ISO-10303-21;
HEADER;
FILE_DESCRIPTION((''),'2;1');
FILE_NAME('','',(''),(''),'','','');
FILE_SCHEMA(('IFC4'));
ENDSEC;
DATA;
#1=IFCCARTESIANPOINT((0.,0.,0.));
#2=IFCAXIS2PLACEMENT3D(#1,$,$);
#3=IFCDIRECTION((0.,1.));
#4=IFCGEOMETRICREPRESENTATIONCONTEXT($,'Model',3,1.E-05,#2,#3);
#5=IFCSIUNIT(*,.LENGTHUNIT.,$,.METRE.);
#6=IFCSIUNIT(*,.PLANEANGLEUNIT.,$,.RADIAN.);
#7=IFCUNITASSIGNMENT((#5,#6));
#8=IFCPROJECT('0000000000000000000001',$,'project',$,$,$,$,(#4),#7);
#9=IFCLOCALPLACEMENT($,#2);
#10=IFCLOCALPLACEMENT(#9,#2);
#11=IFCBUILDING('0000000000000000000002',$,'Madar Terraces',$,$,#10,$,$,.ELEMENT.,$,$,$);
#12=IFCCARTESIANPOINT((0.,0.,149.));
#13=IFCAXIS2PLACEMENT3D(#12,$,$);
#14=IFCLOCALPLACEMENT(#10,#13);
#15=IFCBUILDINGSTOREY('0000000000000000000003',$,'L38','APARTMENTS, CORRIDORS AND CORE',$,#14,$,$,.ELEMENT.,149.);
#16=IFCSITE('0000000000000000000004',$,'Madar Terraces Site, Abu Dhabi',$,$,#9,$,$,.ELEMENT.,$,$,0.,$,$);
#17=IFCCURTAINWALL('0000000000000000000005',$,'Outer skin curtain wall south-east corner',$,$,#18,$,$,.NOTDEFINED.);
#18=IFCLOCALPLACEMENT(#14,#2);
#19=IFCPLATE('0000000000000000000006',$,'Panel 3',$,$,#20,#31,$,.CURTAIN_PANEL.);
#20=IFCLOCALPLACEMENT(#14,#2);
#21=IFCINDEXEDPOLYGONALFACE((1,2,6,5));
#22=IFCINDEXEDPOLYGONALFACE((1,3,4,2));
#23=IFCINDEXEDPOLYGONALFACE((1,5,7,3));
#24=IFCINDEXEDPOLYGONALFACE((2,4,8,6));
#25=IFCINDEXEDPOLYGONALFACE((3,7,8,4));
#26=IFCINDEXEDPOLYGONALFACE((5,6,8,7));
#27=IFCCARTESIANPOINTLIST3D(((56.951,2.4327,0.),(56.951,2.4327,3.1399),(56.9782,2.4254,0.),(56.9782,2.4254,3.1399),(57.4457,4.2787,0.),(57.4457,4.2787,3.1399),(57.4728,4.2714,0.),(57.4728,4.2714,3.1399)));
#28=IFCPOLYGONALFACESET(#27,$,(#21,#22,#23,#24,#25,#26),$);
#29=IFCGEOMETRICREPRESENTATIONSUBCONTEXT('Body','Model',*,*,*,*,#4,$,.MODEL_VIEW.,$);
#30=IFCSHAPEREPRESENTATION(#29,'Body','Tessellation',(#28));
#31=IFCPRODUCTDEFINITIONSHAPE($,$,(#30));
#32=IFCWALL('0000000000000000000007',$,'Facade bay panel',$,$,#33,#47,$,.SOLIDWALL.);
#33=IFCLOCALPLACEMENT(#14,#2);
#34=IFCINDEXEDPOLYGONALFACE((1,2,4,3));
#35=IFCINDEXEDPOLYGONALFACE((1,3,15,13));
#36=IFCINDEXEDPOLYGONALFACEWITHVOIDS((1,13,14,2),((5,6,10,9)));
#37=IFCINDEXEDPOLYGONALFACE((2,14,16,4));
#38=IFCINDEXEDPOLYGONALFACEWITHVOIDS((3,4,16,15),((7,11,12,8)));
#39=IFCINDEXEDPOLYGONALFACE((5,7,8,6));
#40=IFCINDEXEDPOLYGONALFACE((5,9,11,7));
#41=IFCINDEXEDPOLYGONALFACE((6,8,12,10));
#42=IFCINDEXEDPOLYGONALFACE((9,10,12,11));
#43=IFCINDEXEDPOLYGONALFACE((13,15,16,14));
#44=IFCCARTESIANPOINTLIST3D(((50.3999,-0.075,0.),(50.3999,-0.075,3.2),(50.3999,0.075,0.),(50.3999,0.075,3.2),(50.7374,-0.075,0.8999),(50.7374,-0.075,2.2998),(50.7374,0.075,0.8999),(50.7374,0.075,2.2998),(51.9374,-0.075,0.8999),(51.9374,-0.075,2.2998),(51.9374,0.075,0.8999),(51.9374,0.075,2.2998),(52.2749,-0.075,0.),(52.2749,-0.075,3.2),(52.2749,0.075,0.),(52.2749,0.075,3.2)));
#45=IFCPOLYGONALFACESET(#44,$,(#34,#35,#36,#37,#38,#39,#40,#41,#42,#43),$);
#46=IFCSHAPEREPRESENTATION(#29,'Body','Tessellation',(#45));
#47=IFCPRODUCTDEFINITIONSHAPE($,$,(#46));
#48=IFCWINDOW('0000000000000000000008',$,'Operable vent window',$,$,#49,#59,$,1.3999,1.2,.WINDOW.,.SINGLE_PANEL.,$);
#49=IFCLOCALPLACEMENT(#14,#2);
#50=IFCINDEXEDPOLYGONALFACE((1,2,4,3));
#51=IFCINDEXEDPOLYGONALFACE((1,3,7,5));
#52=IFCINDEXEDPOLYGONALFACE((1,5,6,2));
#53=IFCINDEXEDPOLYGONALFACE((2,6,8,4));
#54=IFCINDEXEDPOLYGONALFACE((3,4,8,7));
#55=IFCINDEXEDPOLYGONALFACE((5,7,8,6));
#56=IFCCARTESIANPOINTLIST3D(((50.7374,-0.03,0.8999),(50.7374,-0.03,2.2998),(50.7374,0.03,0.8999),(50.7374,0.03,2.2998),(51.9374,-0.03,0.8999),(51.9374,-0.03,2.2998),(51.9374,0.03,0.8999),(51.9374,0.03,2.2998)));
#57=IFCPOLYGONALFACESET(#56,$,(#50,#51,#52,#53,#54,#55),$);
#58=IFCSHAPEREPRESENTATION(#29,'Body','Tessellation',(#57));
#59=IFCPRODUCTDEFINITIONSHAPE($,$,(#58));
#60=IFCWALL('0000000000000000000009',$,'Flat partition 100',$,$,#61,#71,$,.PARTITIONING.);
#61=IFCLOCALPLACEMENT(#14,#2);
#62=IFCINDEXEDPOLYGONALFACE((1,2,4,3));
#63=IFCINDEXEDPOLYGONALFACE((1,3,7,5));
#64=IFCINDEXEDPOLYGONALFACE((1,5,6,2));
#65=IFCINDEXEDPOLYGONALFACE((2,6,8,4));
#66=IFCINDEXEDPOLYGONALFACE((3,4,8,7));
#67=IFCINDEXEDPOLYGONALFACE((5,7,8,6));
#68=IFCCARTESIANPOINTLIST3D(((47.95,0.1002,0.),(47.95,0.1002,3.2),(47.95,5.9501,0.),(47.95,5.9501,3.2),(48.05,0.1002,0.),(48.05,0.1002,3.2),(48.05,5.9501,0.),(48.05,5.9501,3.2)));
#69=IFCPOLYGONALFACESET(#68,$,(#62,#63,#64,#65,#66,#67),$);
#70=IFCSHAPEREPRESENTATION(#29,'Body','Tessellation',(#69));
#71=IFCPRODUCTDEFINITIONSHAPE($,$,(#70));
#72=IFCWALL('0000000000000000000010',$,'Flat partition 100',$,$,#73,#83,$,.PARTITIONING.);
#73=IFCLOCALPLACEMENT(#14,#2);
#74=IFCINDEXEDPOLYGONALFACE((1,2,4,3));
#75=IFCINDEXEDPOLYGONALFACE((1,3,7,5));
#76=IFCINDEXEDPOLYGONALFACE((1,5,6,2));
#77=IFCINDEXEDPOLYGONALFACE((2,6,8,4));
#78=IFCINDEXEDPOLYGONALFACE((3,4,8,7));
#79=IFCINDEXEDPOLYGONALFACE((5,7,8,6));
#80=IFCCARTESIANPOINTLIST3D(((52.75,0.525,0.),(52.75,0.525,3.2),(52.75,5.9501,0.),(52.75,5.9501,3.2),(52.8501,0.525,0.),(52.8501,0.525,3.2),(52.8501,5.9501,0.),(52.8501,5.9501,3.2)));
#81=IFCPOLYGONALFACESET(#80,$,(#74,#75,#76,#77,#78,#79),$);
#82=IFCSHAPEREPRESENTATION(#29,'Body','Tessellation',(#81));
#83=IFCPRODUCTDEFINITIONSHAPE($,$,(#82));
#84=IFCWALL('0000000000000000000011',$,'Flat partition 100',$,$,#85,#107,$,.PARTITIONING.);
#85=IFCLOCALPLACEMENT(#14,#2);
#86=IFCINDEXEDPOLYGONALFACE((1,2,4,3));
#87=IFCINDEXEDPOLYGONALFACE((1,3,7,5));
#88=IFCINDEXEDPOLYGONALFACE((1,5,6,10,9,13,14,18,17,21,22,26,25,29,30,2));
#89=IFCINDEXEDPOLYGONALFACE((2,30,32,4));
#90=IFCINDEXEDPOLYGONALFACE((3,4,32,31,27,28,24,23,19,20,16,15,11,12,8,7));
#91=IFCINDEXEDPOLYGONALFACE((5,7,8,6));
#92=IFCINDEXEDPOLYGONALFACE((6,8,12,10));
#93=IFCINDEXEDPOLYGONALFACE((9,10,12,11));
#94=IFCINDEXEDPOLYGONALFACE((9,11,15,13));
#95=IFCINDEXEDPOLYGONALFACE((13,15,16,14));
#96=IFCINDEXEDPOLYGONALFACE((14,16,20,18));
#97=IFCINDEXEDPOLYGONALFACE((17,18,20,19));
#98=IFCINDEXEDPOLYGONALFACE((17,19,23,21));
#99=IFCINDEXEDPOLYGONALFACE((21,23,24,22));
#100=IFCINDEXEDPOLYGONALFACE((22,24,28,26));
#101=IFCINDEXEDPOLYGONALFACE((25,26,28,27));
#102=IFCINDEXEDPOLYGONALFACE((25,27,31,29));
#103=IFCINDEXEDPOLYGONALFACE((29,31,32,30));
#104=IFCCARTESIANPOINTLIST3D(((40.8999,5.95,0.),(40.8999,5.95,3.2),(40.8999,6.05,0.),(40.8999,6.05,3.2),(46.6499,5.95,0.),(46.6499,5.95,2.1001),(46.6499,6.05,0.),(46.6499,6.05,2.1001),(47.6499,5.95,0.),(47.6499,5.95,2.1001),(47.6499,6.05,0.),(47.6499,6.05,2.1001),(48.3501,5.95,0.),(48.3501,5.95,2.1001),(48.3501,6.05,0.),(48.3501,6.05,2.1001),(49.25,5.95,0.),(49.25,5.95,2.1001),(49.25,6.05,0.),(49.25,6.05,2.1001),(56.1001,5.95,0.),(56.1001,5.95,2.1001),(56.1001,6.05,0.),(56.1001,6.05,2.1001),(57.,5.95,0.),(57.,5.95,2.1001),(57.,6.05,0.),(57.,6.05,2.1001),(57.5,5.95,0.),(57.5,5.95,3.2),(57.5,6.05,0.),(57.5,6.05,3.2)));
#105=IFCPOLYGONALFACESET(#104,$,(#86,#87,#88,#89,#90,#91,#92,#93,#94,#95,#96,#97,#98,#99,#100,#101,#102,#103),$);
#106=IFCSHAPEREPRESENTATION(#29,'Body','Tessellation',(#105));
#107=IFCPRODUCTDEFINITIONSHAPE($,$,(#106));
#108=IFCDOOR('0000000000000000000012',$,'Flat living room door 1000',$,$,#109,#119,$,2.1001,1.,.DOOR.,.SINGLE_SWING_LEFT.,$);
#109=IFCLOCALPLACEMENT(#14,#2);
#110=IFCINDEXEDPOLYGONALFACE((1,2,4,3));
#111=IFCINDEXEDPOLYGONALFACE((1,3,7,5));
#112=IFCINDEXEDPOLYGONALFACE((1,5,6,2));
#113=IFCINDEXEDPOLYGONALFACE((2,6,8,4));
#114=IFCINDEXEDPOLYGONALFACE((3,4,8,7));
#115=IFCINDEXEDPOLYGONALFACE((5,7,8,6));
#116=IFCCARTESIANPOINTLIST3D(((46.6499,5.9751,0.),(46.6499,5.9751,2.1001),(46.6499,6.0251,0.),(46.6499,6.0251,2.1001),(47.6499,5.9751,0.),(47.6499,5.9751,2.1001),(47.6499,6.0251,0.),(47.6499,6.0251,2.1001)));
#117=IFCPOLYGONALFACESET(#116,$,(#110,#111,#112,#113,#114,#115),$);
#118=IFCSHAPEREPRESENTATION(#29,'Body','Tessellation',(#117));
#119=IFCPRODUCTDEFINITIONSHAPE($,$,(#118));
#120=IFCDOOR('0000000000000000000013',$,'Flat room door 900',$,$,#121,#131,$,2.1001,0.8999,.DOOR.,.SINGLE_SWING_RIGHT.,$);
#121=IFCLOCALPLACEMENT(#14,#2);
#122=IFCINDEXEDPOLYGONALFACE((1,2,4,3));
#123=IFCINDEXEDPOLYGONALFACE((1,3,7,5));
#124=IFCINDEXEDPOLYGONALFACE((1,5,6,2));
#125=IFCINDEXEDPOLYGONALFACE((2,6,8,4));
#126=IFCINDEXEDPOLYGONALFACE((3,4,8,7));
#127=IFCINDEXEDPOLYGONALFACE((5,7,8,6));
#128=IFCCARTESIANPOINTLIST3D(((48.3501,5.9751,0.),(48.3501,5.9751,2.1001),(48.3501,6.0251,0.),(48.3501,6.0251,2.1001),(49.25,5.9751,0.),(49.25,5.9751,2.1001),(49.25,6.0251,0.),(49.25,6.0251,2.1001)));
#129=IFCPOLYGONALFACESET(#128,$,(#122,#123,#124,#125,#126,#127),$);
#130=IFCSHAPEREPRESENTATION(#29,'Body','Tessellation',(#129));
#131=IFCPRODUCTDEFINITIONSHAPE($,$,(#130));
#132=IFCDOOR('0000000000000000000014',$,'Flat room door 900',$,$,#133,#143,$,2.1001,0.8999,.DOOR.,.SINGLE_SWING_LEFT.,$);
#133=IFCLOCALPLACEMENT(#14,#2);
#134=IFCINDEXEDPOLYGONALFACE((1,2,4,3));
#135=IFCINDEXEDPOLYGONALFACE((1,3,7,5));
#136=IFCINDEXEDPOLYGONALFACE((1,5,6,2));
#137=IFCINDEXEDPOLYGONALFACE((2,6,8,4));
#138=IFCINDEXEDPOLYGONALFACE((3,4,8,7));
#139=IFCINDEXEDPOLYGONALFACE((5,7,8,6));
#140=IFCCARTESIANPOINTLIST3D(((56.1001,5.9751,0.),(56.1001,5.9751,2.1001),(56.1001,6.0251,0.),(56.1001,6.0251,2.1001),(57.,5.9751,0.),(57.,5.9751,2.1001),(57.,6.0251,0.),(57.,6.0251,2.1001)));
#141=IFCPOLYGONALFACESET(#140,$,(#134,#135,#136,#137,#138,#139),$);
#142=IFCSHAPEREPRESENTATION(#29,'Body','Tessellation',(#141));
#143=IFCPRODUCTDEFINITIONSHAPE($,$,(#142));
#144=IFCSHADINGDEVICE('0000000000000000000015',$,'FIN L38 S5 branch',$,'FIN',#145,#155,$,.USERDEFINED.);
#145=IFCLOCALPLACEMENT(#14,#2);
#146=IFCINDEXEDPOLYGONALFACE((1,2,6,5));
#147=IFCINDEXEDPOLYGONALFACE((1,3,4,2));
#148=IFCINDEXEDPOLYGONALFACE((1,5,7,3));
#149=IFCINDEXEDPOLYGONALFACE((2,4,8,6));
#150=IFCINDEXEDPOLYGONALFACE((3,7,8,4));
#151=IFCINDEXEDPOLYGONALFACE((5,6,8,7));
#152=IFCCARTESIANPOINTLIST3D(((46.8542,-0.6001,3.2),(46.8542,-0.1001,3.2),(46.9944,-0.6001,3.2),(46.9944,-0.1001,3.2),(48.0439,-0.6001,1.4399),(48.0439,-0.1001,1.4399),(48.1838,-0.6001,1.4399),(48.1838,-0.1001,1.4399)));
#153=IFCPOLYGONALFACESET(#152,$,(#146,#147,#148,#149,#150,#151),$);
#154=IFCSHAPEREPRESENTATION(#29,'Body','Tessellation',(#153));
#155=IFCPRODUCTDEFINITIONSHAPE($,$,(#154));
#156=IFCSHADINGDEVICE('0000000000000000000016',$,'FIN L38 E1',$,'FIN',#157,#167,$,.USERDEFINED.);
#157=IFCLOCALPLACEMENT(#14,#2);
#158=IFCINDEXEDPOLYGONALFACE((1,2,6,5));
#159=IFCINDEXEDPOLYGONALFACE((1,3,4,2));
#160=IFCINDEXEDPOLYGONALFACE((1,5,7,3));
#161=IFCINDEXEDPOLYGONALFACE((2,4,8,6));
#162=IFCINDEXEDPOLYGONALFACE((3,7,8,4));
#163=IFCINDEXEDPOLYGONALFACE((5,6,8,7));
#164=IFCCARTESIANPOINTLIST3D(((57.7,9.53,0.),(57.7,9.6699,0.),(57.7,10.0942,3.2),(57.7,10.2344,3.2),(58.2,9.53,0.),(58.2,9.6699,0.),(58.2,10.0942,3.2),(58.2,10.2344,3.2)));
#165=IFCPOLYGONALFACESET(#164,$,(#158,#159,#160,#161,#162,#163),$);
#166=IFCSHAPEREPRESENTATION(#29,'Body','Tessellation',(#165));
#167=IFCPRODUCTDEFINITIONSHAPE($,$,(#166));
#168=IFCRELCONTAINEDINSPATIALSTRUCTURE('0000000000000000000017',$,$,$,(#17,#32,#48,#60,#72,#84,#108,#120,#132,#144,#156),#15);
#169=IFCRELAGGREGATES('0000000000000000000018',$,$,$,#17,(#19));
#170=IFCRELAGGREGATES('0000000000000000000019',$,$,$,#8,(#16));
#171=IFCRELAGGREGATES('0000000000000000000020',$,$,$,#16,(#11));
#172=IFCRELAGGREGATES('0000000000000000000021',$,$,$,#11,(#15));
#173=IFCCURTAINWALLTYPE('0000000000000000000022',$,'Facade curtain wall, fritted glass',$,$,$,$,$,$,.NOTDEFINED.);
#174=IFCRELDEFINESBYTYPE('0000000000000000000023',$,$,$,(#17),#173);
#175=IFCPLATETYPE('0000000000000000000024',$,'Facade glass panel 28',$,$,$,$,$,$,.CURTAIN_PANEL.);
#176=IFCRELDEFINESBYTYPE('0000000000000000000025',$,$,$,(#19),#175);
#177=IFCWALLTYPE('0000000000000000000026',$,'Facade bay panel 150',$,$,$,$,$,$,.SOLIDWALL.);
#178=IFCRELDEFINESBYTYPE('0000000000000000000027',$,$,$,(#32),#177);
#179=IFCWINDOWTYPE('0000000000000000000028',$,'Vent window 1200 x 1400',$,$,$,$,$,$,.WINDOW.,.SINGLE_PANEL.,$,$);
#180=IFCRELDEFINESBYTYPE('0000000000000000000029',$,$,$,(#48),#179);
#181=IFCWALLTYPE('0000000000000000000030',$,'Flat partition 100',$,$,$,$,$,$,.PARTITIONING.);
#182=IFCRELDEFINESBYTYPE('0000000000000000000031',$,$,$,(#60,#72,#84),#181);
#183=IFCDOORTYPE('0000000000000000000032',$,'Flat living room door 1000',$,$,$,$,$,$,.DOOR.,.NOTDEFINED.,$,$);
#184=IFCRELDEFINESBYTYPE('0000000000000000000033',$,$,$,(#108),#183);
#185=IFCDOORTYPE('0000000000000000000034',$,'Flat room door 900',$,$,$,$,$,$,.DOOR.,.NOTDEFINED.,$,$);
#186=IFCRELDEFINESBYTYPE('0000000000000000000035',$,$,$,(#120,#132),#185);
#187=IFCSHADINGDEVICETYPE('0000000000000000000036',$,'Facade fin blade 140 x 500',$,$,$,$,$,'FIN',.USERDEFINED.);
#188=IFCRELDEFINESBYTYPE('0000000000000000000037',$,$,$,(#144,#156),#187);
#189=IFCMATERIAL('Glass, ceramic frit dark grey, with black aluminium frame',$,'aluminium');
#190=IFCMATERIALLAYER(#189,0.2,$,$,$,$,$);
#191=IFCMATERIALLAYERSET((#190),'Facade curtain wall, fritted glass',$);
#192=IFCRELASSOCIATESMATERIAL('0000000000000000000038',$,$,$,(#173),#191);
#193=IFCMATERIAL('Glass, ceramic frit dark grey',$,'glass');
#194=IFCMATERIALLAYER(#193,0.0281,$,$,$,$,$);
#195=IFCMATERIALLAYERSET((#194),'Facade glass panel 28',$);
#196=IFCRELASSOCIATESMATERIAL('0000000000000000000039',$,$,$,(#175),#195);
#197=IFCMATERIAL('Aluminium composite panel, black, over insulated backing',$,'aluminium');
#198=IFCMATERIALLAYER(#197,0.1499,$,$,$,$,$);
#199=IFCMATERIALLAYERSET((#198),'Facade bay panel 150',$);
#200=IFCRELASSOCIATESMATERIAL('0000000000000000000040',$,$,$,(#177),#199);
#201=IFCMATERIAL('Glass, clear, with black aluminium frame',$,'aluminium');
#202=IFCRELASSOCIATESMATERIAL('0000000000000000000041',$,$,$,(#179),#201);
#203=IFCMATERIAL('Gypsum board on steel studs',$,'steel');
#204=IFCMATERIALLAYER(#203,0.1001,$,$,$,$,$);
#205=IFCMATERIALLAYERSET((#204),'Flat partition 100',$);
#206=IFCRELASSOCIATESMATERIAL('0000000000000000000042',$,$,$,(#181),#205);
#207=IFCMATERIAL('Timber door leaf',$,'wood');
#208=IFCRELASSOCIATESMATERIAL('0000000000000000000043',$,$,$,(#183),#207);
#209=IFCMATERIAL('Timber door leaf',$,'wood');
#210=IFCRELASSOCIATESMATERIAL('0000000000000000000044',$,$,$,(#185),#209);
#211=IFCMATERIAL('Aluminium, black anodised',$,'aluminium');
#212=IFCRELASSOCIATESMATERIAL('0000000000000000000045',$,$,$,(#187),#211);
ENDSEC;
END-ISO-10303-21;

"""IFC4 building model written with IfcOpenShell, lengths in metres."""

from ifc_helpers import new_model, si_unit, direction, frame, frame_2d, origin, origin_2d, place, context, subcontext, project, spatial, polyline, rectangle, outline, extrude, material, layer, layer_set, type_object, element, fill, aggregate, save


model = new_model("IFC4")

# Units and contexts
model_context = context("Model", 3, precision=1e-05, world=origin(), true_north=direction((0.0, 1.0)))
body_context = subcontext(model_context, "Body", "Model", "MODEL_VIEW")
ifc_project = project(units=[si_unit("LENGTHUNIT", "METRE"), si_unit("PLANEANGLEUNIT", "RADIAN")], contexts=[model_context])

# Site, building, storey
site_placement = place(None, origin())
site = spatial("IfcSite", under=ifc_project, at=site_placement, Name="Madar Terraces Site, Abu Dhabi", CompositionType="ELEMENT", RefElevation=0.0)
building_placement = place(site_placement, origin())
building = spatial("IfcBuilding", under=site, at=building_placement, Name="Madar Terraces", CompositionType="ELEMENT")
storey_placement = place(building_placement, frame((0.0, 0.0, 149.0)))
storey = spatial("IfcBuildingStorey", under=building, at=storey_placement, Name="L38", Description="APARTMENTS, CORRIDORS AND CORE", CompositionType="ELEMENT", Elevation=149.0)

# Shared definitions
ifc_material_1 = material(Name="Glass, ceramic frit dark grey, with black aluminium frame", Category="aluminium")
ifc_layer_1 = layer(ifc_material_1, 0.2)
ifc_layer_set_1 = layer_set([ifc_layer_1], Name="Facade curtain wall, fritted glass")
curtain_wall_type = type_object("IfcCurtainWallType", Name="Facade curtain wall, fritted glass", PredefinedType="NOTDEFINED", material=ifc_layer_set_1)

# Curtain wall
curtain_wall_1_placement = place(storey_placement, origin())
curtain_wall_1 = element("IfcCurtainWall", 1, at=curtain_wall_1_placement, inside=storey, type_object=curtain_wall_type, Name="Outer skin curtain wall south-east corner", PredefinedType="NOTDEFINED")

# Plate
ifc_material_2 = material(Name="Glass, ceramic frit dark grey", Category="glass")
ifc_layer_2 = layer(ifc_material_2, 0.0281)
ifc_layer_set_2 = layer_set([ifc_layer_2], Name="Facade glass panel 28")
plate_type = type_object("IfcPlateType", Name="Facade glass panel 28", PredefinedType="CURTAIN_PANEL", material=ifc_layer_set_2)
plate_1_placement = place(storey_placement, frame((57.2119, 3.3521, 0.0), z_axis=(0.0, 0.0, 1.0), x_axis=(0.258819, 0.965926, 0.0)))
plate_1 = element("IfcPlate", 2, at=plate_1_placement, type_object=plate_type, Name="Panel 3", PredefinedType="CURTAIN_PANEL", context=body_context, shape_type="SweptSolid", body=[
    extrude(rectangle(XDim=1.9111, YDim=0.0281, at=origin_2d()), origin(), (0.0, 0.0, 1.0), 3.1399),
])
aggregate(curtain_wall_1, [plate_1])

# Wall, opening, window
ifc_material_3 = material(Name="Aluminium composite panel, black, over insulated backing", Category="aluminium")
ifc_layer_3 = layer(ifc_material_3, 0.1499)
ifc_layer_set_3 = layer_set([ifc_layer_3], Name="Facade bay panel 150")
wall_type_1 = type_object("IfcWallType", Name="Facade bay panel 150", PredefinedType="SOLIDWALL", material=ifc_layer_set_3)
wall_1_placement = place(storey_placement, frame((50.3999, 0.0, 0.0), z_axis=(0.0, 0.0, 1.0), x_axis=(1.0, 0.0, 0.0)))
wall_1 = element("IfcWall", 3, at=wall_1_placement, inside=storey, type_object=wall_type_1, Name="Facade bay panel", PredefinedType="SOLIDWALL", context=body_context, shape_type="SweptSolid", body=[
    extrude(rectangle(XDim=1.875, YDim=0.1499, at=frame_2d((0.9375, 0.0))), origin(), (0.0, 0.0, 1.0), 3.2),
])
opening_1_placement = place(wall_1_placement, frame((0.3374, 0.0, 0.8999)))
opening_1 = element("IfcOpeningElement", 4, at=opening_1_placement, cuts=wall_1, PredefinedType="OPENING", context=body_context, shape_type="SweptSolid", body=[
    extrude(rectangle(XDim=1.2, YDim=1.3999, at=frame_2d((0.6001, 0.7))), frame((0.0, 0.085, 0.0), z_axis=(0.0, -1.0, 0.0), x_axis=(1.0, 0.0, 0.0)), (0.0, 0.0, 1.0), 0.1699),
])
ifc_material_4 = material(Name="Glass, clear, with black aluminium frame", Category="aluminium")
window_type = type_object("IfcWindowType", Name="Vent window 1200 x 1400", PartitioningType="SINGLE_PANEL", PredefinedType="WINDOW", material=ifc_material_4)
window_placement = place(opening_1_placement, origin())
window = element("IfcWindow", 5, at=window_placement, inside=storey, type_object=window_type, Name="Operable vent window", OverallHeight=1.3999, OverallWidth=1.2, PartitioningType="SINGLE_PANEL", PredefinedType="WINDOW", context=body_context, shape_type="SweptSolid", body=[
    extrude(rectangle(XDim=1.2, YDim=1.3999, at=frame_2d((0.6001, 0.7))), frame((0.0, 0.03, 0.0), z_axis=(0.0, -1.0, 0.0), x_axis=(1.0, 0.0, 0.0)), (0.0, 0.0, 1.0), 0.0601),
])
fill(opening_1, window)

# Walls
ifc_material_5 = material(Name="Gypsum board on steel studs", Category="steel")
ifc_layer_4 = layer(ifc_material_5, 0.1001)
ifc_layer_set_4 = layer_set([ifc_layer_4], Name="Flat partition 100")
wall_type_2 = type_object("IfcWallType", Name="Flat partition 100", PredefinedType="PARTITIONING", material=ifc_layer_set_4)
wall_2_placement = place(storey_placement, frame((48.0, 5.95, 0.0), z_axis=(0.0, 0.0, 1.0), x_axis=(0.0, -1.0, 0.0)))
element("IfcWall", 6, at=wall_2_placement, inside=storey, type_object=wall_type_2, Name="Flat partition 100", PredefinedType="PARTITIONING", context=body_context, shape_type="SweptSolid", body=[
    extrude(rectangle(XDim=5.8499, YDim=0.1001, at=frame_2d((2.9248, 0.0))), origin(), (0.0, 0.0, 1.0), 3.2),
])
wall_3_placement = place(storey_placement, frame((52.8, 5.95, 0.0), z_axis=(0.0, 0.0, 1.0), x_axis=(0.0, -1.0, 0.0)))
element("IfcWall", 7, at=wall_3_placement, inside=storey, type_object=wall_type_2, Name="Flat partition 100", PredefinedType="PARTITIONING", context=body_context, shape_type="SweptSolid", body=[
    extrude(rectangle(XDim=5.425, YDim=0.1001, at=frame_2d((2.7124, 0.0))), origin(), (0.0, 0.0, 1.0), 3.2),
])

# Wall, openings, doors
wall_4_placement = place(storey_placement, frame((57.5, 6.0, 0.0), z_axis=(0.0, 0.0, 1.0), x_axis=(-1.0, 0.0, 0.0)))
wall_4 = element("IfcWall", 8, at=wall_4_placement, inside=storey, type_object=wall_type_2, Name="Flat partition 100", PredefinedType="PARTITIONING", context=body_context, shape_type="SweptSolid", body=[
    extrude(rectangle(XDim=16.6001, YDim=0.1001, at=frame_2d((8.3, 0.0))), origin(), (0.0, 0.0, 1.0), 3.2),
])
opening_2_placement = place(wall_4_placement, frame((9.8501, 0.0, 0.0)))
opening_2 = element("IfcOpeningElement", 9, at=opening_2_placement, cuts=wall_4, PredefinedType="OPENING", context=body_context, shape_type="SweptSolid", body=[
    extrude(rectangle(XDim=1.0, YDim=2.1001, at=frame_2d((0.5, 1.05))), frame((0.0, 0.0601, 0.0), z_axis=(0.0, -1.0, 0.0), x_axis=(1.0, 0.0, 0.0)), (0.0, 0.0, 1.0), 0.1201),
])
opening_3_placement = place(wall_4_placement, frame((8.25, 0.0, 0.0)))
opening_3 = element("IfcOpeningElement", 10, at=opening_3_placement, cuts=wall_4, PredefinedType="OPENING", context=body_context, shape_type="SweptSolid", body=[
    extrude(rectangle(XDim=0.8999, YDim=2.1001, at=frame_2d((0.45, 1.05))), frame((0.0, 0.0601, 0.0), z_axis=(0.0, -1.0, 0.0), x_axis=(1.0, 0.0, 0.0)), (0.0, 0.0, 1.0), 0.1201),
])
opening_4_placement = place(wall_4_placement, frame((0.5, 0.0, 0.0)))
opening_4 = element("IfcOpeningElement", 11, at=opening_4_placement, cuts=wall_4, PredefinedType="OPENING", context=body_context, shape_type="SweptSolid", body=[
    extrude(rectangle(XDim=0.8999, YDim=2.1001, at=frame_2d((0.45, 1.05))), frame((0.0, 0.0601, 0.0), z_axis=(0.0, -1.0, 0.0), x_axis=(1.0, 0.0, 0.0)), (0.0, 0.0, 1.0), 0.1201),
])
ifc_material_6 = material(Name="Timber door leaf", Category="wood")
door_type_1 = type_object("IfcDoorType", Name="Flat living room door 1000", OperationType="NOTDEFINED", PredefinedType="DOOR", material=ifc_material_6)
door_1_placement = place(opening_2_placement, origin())
door_1 = element("IfcDoor", 12, at=door_1_placement, inside=storey, type_object=door_type_1, Name="Flat living room door 1000", OperationType="SINGLE_SWING_LEFT", OverallHeight=2.1001, OverallWidth=1.0, PredefinedType="DOOR", context=body_context, shape_type="SweptSolid", body=[
    extrude(rectangle(XDim=1.0, YDim=2.1001, at=frame_2d((0.5, 1.05))), frame((0.0, 0.0249, 0.0), z_axis=(0.0, -1.0, 0.0), x_axis=(1.0, 0.0, 0.0)), (0.0, 0.0, 1.0), 0.05),
])
fill(opening_2, door_1)
ifc_material_7 = material(Name="Timber door leaf", Category="wood")
door_type_2 = type_object("IfcDoorType", Name="Flat room door 900", OperationType="NOTDEFINED", PredefinedType="DOOR", material=ifc_material_7)
door_2_placement = place(opening_3_placement, origin())
door_2 = element("IfcDoor", 13, at=door_2_placement, inside=storey, type_object=door_type_2, Name="Flat room door 900", OperationType="SINGLE_SWING_RIGHT", OverallHeight=2.1001, OverallWidth=0.8999, PredefinedType="DOOR", context=body_context, shape_type="SweptSolid", body=[
    extrude(rectangle(XDim=0.8999, YDim=2.1001, at=frame_2d((0.45, 1.05))), frame((0.0, 0.0249, 0.0), z_axis=(0.0, -1.0, 0.0), x_axis=(1.0, 0.0, 0.0)), (0.0, 0.0, 1.0), 0.05),
])
fill(opening_3, door_2)
door_3_placement = place(opening_4_placement, origin())
door_3 = element("IfcDoor", 14, at=door_3_placement, inside=storey, type_object=door_type_2, Name="Flat room door 900", OperationType="SINGLE_SWING_LEFT", OverallHeight=2.1001, OverallWidth=0.8999, PredefinedType="DOOR", context=body_context, shape_type="SweptSolid", body=[
    extrude(rectangle(XDim=0.8999, YDim=2.1001, at=frame_2d((0.45, 1.05))), frame((0.0, 0.0249, 0.0), z_axis=(0.0, -1.0, 0.0), x_axis=(1.0, 0.0, 0.0)), (0.0, 0.0, 1.0), 0.05),
])
fill(opening_4, door_3)

# Shading devices
ifc_material_8 = material(Name="Aluminium, black anodised", Category="aluminium")
shading_device_type = type_object("IfcShadingDeviceType", Name="Facade fin blade 140 x 500", ElementType="FIN", PredefinedType="USERDEFINED", material=ifc_material_8)
shading_device_1_placement = place(storey_placement, frame((48.0439, -0.3501, 1.4399), z_axis=(0.0, 0.0, 1.0), x_axis=(1.0, 0.0, 0.0)))
element("IfcShadingDevice", 15, at=shading_device_1_placement, inside=storey, type_object=shading_device_type, Name="FIN L38 S5 branch", ObjectType="FIN", PredefinedType="USERDEFINED", context=body_context, shape_type="SweptSolid", body=[
    extrude(outline(polyline([(0.0, 0.0), (0.1399, 0.0), (-1.0496, 1.76), (-1.1897, 1.76), (0.0, 0.0)])), frame((0.0, 0.25, 0.0), z_axis=(0.0, -1.0, 0.0), x_axis=(1.0, 0.0, 0.0)), (0.0, 0.0, 1.0), 0.5),
])
shading_device_2_placement = place(storey_placement, frame((57.95, 9.53, 0.0), z_axis=(0.0, 0.0, 1.0), x_axis=(0.0, 1.0, 0.0)))
element("IfcShadingDevice", 16, at=shading_device_2_placement, inside=storey, type_object=shading_device_type, Name="FIN L38 E1", ObjectType="FIN", PredefinedType="USERDEFINED", context=body_context, shape_type="SweptSolid", body=[
    extrude(outline(polyline([(0.0, 0.0), (0.1399, 0.0), (0.7043, 3.2), (0.5642, 3.2), (0.0, 0.0)])), frame((0.0, 0.25, 0.0), z_axis=(0.0, -1.0, 0.0), x_axis=(1.0, 0.0, 0.0)), (0.0, 0.0, 1.0), 0.5),
])

save(model, "model.ifc")
